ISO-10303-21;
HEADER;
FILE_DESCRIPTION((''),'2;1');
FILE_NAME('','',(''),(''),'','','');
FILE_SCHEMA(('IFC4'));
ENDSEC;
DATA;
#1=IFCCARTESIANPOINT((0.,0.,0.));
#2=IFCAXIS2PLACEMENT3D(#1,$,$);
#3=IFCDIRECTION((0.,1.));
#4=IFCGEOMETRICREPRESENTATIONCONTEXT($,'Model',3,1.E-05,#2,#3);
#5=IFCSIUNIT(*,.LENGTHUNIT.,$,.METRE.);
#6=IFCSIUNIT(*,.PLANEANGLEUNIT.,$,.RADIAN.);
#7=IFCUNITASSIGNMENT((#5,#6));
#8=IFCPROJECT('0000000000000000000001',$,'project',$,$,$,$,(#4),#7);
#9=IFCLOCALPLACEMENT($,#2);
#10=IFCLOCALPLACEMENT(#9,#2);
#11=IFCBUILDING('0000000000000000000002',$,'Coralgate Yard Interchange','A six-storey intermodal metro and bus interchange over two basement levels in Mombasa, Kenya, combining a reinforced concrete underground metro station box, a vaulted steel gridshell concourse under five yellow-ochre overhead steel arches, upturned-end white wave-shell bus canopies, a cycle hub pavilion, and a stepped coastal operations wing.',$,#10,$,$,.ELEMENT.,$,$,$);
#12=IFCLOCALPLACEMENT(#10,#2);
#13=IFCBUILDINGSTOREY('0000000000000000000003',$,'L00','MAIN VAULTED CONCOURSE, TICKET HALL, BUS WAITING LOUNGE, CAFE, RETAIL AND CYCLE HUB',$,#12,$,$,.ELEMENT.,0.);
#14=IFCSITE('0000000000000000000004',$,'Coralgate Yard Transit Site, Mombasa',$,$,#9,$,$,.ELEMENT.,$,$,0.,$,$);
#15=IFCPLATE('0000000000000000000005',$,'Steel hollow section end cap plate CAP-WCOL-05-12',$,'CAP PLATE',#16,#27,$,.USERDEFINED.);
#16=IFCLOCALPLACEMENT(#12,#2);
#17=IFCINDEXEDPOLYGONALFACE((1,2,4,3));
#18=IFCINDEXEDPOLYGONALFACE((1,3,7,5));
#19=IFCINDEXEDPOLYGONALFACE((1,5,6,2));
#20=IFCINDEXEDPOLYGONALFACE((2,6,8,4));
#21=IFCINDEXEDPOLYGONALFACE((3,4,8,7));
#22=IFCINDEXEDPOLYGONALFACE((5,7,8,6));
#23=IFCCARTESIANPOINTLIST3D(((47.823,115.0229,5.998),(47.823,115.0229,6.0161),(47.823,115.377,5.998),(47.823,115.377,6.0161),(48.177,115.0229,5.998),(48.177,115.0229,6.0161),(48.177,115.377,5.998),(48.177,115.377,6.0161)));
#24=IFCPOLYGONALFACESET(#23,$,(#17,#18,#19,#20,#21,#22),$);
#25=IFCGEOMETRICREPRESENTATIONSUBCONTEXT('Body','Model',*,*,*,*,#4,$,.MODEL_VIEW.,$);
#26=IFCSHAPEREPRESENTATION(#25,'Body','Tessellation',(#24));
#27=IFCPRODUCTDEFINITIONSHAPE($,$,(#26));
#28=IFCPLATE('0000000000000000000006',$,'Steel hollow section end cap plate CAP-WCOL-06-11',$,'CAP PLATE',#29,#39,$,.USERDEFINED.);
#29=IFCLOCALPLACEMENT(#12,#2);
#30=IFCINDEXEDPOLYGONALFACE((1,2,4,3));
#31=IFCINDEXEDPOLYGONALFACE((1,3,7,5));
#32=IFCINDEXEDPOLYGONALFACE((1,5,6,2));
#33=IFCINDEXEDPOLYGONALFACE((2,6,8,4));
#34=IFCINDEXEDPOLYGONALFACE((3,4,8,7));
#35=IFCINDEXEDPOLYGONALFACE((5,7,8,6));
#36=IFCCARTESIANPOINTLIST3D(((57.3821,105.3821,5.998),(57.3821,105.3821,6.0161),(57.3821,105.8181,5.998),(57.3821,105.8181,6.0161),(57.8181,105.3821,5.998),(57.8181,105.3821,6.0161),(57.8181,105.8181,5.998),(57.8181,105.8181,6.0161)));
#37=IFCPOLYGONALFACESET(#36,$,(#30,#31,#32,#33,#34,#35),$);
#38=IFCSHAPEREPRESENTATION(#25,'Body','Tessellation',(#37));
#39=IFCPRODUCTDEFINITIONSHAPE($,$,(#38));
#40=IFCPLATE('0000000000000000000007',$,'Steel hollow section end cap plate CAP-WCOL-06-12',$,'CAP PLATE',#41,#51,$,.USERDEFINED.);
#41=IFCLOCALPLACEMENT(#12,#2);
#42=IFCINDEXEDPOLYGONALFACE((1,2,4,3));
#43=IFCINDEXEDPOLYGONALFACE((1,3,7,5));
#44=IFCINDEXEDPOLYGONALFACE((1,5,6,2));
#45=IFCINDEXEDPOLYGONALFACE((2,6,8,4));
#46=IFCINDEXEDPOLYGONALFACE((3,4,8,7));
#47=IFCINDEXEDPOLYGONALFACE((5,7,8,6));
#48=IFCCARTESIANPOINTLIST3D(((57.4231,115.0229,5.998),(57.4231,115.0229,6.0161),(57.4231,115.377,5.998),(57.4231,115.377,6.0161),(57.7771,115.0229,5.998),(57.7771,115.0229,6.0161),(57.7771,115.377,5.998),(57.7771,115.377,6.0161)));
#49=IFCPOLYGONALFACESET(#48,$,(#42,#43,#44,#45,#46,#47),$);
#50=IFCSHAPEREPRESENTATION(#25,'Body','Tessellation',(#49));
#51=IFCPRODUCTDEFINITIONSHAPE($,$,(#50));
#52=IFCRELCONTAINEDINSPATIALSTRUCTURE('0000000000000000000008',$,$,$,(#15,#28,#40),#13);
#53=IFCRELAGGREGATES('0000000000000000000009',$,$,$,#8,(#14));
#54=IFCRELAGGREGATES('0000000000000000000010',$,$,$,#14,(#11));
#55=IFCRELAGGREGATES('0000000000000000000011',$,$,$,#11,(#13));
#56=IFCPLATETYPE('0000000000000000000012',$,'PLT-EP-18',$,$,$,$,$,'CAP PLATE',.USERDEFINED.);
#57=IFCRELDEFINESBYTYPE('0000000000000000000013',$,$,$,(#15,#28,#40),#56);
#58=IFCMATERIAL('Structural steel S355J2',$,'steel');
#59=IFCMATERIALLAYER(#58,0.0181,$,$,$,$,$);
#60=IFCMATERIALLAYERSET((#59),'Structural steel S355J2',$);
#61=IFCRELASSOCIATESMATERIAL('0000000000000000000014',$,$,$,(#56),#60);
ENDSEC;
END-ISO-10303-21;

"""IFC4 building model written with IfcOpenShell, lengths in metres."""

from ifc_helpers import new_model, si_unit, direction, frame, origin, origin_2d, place, context, subcontext, project, spatial, rectangle, extrude, material, layer, layer_set, type_object, element, save


model = new_model("IFC4")

# Units and contexts
model_context = context("Model", 3, precision=1e-05, world=origin(), true_north=direction((0.0, 1.0)))
body_context = subcontext(model_context, "Body", "Model", "MODEL_VIEW")
ifc_project = project(units=[si_unit("LENGTHUNIT", "METRE"), si_unit("PLANEANGLEUNIT", "RADIAN")], contexts=[model_context])

# Site, building, storey
site_placement = place(None, origin())
site = spatial("IfcSite", under=ifc_project, at=site_placement, Name="Coralgate Yard Transit Site, Mombasa", CompositionType="ELEMENT", RefElevation=0.0)
building_placement = place(site_placement, origin())
building = spatial("IfcBuilding", under=site, at=building_placement, Name="Coralgate Yard Interchange", Description="A six-storey intermodal metro and bus interchange over two basement levels in Mombasa, Kenya, combining a reinforced concrete underground metro station box, a vaulted steel gridshell concourse under five yellow-ochre overhead steel arches, upturned-end white wave-shell bus canopies, a cycle hub pavilion, and a stepped coastal operations wing.", CompositionType="ELEMENT")
storey_placement = place(building_placement, origin())
storey = spatial("IfcBuildingStorey", under=building, at=storey_placement, Name="L00", Description="MAIN VAULTED CONCOURSE, TICKET HALL, BUS WAITING LOUNGE, CAFE, RETAIL AND CYCLE HUB", CompositionType="ELEMENT", Elevation=0.0)

# Shared definitions
ifc_material_1 = material(Name="Structural steel S355J2", Category="steel")

# Plates
ifc_layer = layer(ifc_material_1, 0.0181)
ifc_layer_set = layer_set([ifc_layer], Name="Structural steel S355J2")
plate_type = type_object("IfcPlateType", Name="PLT-EP-18", ElementType="CAP PLATE", PredefinedType="USERDEFINED", material=ifc_layer_set)
plate_1_placement = place(storey_placement, frame((48.0, 115.2, 5.998), z_axis=(0.0, 0.0, 1.0), x_axis=(1.0, 0.0, 0.0)))
element("IfcPlate", 1, at=plate_1_placement, inside=storey, type_object=plate_type, Name="Steel hollow section end cap plate CAP-WCOL-05-12", ObjectType="CAP PLATE", PredefinedType="USERDEFINED", context=body_context, shape_type="SweptSolid", body=[
    extrude(rectangle(XDim=0.354, YDim=0.354, at=origin_2d()), origin(), (0.0, 0.0, 1.0), 0.0181),
])
plate_2_placement = place(storey_placement, frame((57.6001, 105.6001, 5.998), z_axis=(0.0, 0.0, 1.0), x_axis=(1.0, 0.0, 0.0)))
element("IfcPlate", 2, at=plate_2_placement, inside=storey, type_object=plate_type, Name="Steel hollow section end cap plate CAP-WCOL-06-11", ObjectType="CAP PLATE", PredefinedType="USERDEFINED", context=body_context, shape_type="SweptSolid", body=[
    extrude(rectangle(XDim=0.436, YDim=0.436, at=origin_2d()), origin(), (0.0, 0.0, 1.0), 0.0181),
])
plate_3_placement = place(storey_placement, frame((57.6001, 115.2, 5.998), z_axis=(0.0, 0.0, 1.0), x_axis=(1.0, 0.0, 0.0)))
element("IfcPlate", 3, at=plate_3_placement, inside=storey, type_object=plate_type, Name="Steel hollow section end cap plate CAP-WCOL-06-12", ObjectType="CAP PLATE", PredefinedType="USERDEFINED", context=body_context, shape_type="SweptSolid", body=[
    extrude(rectangle(XDim=0.354, YDim=0.354, at=origin_2d()), origin(), (0.0, 0.0, 1.0), 0.0181),
])

save(model, "model.ifc")
